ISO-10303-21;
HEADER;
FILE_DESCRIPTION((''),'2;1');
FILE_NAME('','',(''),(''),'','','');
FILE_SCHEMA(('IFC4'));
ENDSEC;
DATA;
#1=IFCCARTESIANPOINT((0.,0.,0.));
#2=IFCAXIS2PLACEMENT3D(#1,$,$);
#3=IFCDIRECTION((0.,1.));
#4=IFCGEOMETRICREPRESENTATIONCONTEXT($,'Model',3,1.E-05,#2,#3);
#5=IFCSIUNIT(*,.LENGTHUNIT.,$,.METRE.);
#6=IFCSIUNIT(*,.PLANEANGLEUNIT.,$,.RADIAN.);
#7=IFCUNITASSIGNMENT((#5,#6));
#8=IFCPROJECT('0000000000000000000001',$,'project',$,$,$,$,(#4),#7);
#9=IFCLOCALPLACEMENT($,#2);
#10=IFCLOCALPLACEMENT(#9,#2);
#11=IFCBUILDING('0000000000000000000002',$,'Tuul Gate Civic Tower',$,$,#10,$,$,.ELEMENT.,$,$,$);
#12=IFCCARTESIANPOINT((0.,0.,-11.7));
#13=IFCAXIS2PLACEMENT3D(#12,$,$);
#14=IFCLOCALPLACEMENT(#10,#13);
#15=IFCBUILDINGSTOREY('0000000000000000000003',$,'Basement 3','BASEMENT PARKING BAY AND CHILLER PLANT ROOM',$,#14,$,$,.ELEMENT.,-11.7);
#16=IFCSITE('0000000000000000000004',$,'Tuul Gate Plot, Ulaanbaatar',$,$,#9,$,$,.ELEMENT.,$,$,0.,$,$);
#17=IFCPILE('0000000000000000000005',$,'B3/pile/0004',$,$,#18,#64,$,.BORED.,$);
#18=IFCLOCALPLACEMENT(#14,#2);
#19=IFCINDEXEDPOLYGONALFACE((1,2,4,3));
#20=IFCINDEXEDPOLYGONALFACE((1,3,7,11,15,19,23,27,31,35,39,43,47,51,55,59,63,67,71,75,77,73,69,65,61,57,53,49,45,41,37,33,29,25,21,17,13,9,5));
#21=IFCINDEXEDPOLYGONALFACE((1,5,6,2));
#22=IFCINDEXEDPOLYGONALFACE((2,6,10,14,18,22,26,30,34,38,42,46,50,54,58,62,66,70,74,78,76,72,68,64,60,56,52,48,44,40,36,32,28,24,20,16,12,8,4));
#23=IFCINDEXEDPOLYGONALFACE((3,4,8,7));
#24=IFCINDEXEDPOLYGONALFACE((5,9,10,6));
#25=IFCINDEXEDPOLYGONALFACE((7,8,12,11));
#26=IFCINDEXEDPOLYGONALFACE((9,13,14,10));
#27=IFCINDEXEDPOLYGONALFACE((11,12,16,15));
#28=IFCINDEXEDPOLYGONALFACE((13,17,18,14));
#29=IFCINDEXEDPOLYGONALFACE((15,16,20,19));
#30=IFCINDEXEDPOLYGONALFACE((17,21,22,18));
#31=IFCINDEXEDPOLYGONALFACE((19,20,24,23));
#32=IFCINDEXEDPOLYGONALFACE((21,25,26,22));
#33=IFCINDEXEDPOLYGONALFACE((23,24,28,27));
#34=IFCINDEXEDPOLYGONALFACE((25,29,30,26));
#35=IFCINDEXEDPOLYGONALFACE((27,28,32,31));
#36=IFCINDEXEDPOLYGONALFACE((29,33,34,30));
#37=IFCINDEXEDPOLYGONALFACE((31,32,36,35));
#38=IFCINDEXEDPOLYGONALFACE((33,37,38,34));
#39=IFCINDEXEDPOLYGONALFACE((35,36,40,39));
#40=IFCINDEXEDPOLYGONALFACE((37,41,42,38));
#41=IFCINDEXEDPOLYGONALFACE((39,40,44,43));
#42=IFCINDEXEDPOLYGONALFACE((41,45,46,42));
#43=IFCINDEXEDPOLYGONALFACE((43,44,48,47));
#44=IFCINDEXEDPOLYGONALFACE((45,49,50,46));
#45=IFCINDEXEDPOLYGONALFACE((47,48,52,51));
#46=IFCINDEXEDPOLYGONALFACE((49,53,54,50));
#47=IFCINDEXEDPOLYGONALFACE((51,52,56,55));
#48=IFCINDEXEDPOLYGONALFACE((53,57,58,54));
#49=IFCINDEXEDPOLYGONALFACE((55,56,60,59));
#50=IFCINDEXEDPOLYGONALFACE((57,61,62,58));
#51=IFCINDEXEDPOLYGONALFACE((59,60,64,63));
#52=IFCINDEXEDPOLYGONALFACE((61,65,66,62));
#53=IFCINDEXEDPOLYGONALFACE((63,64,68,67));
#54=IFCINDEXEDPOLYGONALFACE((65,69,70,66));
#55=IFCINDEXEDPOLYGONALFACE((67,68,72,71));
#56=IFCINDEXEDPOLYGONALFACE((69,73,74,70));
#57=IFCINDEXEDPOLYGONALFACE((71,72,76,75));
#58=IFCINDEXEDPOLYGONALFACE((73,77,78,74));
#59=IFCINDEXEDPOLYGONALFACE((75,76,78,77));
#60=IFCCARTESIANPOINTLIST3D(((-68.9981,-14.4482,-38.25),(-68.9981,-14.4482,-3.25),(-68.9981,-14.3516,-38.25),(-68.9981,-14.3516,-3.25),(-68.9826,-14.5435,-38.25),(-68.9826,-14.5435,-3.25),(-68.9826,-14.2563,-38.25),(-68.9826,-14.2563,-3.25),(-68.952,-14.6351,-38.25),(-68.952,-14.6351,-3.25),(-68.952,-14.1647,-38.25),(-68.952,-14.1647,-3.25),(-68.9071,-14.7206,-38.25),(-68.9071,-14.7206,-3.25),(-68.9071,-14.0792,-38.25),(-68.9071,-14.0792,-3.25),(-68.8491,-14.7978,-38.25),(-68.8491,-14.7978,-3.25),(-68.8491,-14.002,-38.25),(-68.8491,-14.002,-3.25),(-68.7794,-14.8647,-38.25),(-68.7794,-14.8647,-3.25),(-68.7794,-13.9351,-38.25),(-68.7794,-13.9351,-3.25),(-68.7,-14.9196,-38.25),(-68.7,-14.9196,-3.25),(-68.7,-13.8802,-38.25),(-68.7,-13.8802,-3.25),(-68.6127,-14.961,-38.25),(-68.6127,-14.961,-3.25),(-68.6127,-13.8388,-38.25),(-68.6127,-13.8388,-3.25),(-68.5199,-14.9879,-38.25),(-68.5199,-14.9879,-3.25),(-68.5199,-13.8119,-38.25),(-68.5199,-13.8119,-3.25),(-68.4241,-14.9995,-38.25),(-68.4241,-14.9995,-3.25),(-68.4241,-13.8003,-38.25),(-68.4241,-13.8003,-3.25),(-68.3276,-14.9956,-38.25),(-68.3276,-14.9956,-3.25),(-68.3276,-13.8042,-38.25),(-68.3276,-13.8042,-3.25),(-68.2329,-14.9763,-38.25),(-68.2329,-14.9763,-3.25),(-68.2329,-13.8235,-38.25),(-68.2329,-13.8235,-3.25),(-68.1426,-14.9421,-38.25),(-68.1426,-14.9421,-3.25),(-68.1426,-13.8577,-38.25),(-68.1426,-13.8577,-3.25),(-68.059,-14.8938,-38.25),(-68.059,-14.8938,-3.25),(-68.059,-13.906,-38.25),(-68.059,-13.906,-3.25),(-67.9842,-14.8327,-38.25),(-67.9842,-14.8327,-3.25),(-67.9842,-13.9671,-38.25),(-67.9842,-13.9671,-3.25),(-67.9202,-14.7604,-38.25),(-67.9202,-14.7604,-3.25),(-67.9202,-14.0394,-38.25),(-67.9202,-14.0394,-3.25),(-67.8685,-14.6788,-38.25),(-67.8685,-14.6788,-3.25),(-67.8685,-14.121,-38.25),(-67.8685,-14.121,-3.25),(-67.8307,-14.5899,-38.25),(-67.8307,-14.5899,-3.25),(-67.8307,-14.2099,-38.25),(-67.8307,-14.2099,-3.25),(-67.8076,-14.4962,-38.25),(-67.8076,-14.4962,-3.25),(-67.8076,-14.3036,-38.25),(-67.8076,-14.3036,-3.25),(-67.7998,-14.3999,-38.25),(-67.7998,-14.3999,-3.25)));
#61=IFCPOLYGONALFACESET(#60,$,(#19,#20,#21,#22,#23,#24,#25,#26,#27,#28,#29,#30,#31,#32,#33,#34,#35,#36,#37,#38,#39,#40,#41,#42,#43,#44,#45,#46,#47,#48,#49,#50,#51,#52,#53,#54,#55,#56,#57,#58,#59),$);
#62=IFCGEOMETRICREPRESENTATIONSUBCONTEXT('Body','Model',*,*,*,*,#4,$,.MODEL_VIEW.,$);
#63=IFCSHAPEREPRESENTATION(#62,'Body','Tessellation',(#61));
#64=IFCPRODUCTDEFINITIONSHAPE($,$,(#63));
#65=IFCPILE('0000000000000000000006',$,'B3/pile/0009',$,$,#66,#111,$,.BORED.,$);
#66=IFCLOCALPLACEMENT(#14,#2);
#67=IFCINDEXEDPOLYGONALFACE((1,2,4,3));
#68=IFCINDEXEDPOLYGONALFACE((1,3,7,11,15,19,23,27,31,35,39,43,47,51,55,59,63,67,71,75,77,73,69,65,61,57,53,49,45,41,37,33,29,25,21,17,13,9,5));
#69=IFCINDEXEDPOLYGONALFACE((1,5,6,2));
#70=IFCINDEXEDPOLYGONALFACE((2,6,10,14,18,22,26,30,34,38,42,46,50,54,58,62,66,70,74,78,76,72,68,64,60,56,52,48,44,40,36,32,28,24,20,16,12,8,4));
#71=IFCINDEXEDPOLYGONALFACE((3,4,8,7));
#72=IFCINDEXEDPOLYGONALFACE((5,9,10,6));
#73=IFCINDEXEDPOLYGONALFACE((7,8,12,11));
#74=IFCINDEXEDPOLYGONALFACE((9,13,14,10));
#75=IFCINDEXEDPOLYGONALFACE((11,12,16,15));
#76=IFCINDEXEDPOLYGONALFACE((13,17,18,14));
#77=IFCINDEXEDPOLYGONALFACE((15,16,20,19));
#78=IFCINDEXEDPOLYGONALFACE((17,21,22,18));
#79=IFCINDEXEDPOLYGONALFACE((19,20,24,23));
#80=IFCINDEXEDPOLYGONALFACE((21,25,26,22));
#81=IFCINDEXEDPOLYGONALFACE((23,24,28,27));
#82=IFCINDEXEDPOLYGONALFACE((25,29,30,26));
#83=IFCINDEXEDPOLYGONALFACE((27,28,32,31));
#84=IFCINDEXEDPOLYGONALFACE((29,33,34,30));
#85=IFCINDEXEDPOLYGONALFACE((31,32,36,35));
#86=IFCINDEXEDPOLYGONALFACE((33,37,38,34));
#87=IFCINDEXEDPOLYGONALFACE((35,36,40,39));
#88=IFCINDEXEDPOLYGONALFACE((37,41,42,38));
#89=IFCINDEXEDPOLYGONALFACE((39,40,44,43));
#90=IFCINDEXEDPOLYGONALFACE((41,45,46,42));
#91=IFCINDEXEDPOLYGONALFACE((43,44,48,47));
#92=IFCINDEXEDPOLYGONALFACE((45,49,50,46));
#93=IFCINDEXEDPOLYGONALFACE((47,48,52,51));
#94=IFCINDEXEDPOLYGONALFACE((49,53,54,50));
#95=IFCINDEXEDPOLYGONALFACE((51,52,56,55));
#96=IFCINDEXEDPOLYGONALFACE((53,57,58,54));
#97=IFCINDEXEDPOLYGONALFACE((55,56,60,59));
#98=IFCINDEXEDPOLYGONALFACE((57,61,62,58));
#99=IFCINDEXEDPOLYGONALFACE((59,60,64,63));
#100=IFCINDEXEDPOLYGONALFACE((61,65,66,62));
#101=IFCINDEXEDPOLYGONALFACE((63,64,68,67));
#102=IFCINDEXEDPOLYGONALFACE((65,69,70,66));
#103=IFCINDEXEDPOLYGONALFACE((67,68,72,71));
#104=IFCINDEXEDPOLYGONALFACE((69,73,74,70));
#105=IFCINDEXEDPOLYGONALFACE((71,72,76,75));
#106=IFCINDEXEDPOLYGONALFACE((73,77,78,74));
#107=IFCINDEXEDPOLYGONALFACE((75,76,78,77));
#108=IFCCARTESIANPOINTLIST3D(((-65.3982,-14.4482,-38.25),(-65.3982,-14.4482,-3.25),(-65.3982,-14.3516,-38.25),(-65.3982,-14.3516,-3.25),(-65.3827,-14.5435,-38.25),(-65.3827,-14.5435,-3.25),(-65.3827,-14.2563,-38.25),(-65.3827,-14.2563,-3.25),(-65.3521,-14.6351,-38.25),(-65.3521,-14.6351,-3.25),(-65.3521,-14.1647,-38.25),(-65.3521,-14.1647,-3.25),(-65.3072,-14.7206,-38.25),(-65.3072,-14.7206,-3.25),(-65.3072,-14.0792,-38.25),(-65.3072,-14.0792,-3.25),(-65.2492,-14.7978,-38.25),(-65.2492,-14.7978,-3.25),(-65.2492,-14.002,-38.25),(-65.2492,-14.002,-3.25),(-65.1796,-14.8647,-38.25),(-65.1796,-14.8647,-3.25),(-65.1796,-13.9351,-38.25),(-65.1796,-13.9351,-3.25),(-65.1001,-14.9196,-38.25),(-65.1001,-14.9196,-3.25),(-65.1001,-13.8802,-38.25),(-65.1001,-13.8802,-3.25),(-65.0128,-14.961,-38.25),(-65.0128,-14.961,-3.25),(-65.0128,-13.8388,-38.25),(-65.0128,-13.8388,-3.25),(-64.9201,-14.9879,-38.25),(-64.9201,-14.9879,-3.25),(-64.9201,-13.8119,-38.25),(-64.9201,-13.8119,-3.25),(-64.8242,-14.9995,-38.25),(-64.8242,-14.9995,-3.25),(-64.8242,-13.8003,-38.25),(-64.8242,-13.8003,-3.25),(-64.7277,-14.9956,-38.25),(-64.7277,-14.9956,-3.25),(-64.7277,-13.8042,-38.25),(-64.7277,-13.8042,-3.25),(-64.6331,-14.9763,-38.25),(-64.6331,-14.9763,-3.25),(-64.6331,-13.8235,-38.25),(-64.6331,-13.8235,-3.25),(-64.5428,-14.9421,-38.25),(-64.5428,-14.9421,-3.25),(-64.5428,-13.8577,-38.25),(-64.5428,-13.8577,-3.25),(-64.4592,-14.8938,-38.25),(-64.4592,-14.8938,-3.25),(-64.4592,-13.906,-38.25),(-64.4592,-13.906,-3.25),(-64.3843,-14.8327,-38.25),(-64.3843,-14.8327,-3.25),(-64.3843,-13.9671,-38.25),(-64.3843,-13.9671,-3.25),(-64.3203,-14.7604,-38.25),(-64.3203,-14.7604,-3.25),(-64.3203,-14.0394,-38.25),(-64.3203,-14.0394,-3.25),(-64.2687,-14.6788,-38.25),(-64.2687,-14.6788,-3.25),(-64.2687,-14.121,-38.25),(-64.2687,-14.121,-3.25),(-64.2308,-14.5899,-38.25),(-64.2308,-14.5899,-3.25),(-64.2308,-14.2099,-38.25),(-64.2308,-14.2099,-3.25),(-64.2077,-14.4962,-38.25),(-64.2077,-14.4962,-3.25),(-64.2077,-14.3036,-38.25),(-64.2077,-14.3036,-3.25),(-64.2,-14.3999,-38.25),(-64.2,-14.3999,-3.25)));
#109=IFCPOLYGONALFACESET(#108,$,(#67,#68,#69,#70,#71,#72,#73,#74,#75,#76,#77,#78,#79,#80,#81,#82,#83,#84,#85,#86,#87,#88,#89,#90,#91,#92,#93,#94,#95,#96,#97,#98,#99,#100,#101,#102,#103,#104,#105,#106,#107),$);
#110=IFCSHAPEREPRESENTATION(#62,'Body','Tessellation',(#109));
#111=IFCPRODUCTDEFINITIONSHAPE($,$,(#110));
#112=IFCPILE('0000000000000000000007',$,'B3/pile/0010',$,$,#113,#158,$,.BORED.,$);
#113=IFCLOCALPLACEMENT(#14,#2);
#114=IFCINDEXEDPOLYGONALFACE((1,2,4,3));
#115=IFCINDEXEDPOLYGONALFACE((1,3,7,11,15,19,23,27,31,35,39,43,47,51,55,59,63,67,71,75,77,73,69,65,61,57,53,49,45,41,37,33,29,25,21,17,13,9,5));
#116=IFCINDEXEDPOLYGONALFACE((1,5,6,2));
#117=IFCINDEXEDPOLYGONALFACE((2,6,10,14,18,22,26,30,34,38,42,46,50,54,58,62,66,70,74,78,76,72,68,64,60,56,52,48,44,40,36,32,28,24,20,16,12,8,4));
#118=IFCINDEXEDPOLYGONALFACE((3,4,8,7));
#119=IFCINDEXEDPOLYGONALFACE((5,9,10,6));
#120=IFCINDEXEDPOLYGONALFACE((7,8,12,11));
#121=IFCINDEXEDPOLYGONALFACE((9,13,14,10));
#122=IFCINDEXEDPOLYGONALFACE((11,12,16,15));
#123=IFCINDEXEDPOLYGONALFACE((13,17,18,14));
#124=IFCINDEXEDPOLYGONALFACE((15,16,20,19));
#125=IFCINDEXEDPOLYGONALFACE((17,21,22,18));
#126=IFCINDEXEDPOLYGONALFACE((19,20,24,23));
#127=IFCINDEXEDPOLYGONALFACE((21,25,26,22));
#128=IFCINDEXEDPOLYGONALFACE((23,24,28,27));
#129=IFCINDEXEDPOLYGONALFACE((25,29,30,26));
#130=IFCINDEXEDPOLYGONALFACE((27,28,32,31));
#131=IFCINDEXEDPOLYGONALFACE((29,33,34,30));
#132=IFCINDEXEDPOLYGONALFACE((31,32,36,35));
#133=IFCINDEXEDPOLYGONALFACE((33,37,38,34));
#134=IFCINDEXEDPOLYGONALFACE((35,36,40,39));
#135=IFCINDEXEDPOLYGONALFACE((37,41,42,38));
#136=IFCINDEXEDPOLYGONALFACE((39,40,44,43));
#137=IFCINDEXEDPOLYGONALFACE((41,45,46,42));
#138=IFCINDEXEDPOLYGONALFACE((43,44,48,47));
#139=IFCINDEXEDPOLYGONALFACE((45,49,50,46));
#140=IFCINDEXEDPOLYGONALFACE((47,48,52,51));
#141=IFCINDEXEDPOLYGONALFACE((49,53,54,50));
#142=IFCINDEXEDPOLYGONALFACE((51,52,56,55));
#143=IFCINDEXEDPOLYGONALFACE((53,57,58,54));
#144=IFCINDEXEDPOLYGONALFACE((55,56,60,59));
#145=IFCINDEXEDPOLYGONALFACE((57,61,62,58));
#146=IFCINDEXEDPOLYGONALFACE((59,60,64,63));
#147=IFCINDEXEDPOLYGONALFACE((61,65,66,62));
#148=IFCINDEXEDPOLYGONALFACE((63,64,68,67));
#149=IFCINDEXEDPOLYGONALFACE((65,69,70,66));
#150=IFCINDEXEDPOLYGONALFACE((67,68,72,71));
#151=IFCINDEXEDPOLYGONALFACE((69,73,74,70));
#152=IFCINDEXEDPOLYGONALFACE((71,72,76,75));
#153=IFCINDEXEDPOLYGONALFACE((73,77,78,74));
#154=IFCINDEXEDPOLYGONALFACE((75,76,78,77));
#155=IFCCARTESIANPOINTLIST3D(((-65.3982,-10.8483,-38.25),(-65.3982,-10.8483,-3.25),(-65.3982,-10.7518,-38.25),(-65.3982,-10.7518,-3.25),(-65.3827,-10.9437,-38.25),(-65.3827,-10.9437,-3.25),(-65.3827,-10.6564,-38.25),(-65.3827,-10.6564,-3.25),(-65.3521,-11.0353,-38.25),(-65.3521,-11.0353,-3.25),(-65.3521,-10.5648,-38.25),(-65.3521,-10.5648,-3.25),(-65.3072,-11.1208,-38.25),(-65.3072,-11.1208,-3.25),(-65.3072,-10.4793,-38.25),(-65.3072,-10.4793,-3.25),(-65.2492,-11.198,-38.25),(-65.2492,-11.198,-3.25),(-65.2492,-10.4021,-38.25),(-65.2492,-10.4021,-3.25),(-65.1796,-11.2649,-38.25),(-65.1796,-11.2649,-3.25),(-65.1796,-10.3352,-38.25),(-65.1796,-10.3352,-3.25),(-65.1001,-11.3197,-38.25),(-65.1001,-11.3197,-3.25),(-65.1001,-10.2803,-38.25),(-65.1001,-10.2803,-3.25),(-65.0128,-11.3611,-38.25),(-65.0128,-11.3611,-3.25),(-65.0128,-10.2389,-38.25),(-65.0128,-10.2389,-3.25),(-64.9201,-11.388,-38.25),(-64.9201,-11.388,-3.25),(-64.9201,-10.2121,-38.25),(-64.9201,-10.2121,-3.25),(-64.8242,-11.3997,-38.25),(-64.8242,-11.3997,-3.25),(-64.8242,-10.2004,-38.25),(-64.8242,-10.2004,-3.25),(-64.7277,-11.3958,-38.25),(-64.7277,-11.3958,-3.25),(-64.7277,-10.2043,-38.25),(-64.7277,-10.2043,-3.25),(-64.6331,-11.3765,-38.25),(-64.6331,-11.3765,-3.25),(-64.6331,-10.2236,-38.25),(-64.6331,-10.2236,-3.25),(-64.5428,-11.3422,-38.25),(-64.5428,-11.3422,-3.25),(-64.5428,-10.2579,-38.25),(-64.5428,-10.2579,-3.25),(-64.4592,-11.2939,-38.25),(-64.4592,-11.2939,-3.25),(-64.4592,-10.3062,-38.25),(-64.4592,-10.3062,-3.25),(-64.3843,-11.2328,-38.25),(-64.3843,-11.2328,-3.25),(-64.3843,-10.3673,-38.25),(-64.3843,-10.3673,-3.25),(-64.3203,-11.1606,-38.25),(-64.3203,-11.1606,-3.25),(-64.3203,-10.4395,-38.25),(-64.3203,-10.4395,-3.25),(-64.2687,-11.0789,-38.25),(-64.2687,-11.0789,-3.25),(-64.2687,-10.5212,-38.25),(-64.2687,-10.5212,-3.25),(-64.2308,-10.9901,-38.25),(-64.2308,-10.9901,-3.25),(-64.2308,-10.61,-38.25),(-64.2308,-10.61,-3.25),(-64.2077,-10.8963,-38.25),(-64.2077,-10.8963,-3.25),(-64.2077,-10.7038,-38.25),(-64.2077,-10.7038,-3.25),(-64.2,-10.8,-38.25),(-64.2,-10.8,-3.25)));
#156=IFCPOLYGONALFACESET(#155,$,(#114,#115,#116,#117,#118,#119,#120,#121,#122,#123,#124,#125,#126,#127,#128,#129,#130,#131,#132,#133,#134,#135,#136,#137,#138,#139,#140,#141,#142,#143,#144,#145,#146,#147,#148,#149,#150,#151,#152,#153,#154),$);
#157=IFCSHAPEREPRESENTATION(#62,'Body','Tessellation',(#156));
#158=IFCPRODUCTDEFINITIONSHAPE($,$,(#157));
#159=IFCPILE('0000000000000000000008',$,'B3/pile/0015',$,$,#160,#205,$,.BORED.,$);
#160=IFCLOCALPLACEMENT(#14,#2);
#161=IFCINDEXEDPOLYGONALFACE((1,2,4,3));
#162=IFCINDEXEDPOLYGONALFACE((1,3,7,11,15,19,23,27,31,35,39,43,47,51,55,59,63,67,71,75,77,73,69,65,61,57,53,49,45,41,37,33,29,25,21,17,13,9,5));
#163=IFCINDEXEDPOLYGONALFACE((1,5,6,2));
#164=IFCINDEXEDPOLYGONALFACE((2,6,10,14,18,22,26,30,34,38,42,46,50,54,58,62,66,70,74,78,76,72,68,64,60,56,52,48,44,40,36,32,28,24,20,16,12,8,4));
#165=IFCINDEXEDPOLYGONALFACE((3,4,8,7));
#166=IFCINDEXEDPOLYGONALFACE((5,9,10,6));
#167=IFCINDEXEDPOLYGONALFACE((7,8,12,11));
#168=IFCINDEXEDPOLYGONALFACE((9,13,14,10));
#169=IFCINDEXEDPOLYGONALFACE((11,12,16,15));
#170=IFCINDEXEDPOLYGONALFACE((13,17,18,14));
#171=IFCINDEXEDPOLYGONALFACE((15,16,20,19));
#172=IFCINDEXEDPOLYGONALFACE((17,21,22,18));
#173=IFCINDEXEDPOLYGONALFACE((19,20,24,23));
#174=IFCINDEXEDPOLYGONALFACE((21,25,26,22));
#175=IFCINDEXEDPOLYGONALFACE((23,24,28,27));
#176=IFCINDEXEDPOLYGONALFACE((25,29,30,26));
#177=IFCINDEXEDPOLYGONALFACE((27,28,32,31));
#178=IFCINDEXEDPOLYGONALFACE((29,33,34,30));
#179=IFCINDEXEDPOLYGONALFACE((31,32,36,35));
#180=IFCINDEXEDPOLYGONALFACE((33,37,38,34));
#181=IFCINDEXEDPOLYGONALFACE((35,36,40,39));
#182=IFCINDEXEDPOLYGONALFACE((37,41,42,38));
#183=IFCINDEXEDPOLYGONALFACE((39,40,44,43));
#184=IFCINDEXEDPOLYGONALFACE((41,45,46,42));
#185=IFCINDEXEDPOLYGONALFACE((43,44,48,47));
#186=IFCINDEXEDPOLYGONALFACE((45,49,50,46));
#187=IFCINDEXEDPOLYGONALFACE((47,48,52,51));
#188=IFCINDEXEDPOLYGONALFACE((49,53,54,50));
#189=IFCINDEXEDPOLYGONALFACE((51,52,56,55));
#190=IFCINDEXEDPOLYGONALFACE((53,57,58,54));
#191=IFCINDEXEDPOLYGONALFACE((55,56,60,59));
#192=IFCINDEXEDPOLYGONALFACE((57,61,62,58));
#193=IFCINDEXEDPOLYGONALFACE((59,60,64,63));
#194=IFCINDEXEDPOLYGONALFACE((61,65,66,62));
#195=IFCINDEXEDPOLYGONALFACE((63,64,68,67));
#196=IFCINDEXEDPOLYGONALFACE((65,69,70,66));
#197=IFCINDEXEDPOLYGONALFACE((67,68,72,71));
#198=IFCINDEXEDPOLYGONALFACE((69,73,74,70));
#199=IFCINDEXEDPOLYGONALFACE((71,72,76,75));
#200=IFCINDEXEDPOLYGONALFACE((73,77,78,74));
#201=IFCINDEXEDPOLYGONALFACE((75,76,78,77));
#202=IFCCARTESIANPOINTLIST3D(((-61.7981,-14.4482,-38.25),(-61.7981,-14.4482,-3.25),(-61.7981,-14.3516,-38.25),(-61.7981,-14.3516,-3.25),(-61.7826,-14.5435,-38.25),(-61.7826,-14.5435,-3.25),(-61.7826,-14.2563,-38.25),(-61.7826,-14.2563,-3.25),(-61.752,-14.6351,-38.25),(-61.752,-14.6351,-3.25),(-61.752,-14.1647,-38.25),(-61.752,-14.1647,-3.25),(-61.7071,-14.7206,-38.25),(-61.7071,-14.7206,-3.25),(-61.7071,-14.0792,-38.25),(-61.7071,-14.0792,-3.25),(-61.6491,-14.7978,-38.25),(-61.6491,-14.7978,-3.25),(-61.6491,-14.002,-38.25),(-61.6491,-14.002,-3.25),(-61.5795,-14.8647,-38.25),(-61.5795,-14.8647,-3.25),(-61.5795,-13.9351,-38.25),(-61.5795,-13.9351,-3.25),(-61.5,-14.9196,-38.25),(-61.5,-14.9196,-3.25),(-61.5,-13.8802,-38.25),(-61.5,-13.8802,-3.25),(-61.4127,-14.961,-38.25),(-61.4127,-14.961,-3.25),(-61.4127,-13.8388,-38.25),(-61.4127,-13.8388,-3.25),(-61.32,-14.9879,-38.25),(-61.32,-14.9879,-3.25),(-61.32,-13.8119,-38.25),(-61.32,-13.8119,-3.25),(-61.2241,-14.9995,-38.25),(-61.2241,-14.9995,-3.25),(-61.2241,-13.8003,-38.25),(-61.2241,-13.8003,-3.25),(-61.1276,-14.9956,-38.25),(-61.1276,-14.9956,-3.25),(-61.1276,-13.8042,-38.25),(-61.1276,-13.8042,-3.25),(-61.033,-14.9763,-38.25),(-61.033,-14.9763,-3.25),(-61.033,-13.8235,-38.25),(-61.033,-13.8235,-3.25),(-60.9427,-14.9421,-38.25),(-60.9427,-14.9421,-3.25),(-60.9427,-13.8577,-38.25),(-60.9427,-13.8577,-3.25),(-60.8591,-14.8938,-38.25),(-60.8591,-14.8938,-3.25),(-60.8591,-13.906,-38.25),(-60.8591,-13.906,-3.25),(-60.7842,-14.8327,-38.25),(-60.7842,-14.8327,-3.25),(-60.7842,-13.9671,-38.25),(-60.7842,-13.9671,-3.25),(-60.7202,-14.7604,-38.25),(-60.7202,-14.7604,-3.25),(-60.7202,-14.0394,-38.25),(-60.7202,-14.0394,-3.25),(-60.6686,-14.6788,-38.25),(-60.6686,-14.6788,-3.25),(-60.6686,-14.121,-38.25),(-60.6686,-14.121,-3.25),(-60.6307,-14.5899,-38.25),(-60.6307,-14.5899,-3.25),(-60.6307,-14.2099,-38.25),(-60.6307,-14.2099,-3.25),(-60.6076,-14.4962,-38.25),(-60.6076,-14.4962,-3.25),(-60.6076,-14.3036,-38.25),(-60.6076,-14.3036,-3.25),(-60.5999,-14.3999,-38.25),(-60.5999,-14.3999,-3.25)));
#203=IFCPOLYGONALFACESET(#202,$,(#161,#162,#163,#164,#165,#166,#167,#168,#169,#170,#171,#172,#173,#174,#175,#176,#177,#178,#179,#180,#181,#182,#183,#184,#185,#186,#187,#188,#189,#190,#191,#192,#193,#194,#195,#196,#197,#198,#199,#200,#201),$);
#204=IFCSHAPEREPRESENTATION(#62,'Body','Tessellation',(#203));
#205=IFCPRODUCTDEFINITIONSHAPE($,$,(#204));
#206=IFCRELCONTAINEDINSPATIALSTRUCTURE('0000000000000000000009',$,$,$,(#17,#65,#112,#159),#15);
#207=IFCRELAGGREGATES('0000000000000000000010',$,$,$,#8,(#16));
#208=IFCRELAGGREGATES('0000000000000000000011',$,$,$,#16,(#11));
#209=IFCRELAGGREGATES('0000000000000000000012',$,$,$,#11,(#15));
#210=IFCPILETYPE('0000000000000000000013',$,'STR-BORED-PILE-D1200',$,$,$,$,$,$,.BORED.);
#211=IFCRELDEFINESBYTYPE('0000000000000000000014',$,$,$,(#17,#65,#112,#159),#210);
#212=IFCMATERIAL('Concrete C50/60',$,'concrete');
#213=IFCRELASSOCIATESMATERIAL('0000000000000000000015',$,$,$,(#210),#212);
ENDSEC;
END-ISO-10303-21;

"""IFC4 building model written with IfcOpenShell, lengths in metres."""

from ifc_helpers import new_model, si_unit, direction, frame, origin, origin_2d, place, context, subcontext, project, spatial, circle, extrude, material, material_profile, profile_set, type_object, element, save


model = new_model("IFC4")

# Units and contexts
model_context = context("Model", 3, precision=1e-05, world=origin(), true_north=direction((0.0, 1.0)))
body_context = subcontext(model_context, "Body", "Model", "MODEL_VIEW")
ifc_project = project(units=[si_unit("LENGTHUNIT", "METRE"), si_unit("PLANEANGLEUNIT", "RADIAN")], contexts=[model_context])

# Site, building, storey
site_placement = place(None, origin())
site = spatial("IfcSite", under=ifc_project, at=site_placement, Name="Tuul Gate Plot, Ulaanbaatar", CompositionType="ELEMENT", RefElevation=0.0)
building_placement = place(site_placement, origin())
building = spatial("IfcBuilding", under=site, at=building_placement, Name="Tuul Gate Civic Tower", CompositionType="ELEMENT")
storey_placement = place(building_placement, frame((0.0, 0.0, -11.7)))
storey = spatial("IfcBuildingStorey", under=building, at=storey_placement, Name="Basement 3", Description="BASEMENT PARKING BAY AND CHILLER PLANT ROOM", CompositionType="ELEMENT", Elevation=-11.7)

# Piles
ifc_material_1 = material(Name="Concrete C50/60", Category="concrete")
ifc_material_profile_1 = material_profile(ifc_material_1, circle(Radius=0.6001, at=origin_2d()), Name="PILE1200")
ifc_profile_set_1 = profile_set([ifc_material_profile_1], Name="Concrete C50/60")
pile_type = type_object("IfcPileType", Name="STR-BORED-PILE-D1200", PredefinedType="BORED", material=ifc_profile_set_1)
for number, where, z_axis, x_axis, name in (
    (1, (-68.3999, -14.3999, -3.25), (0.0, 0.0, -1.0), (1.0, 0.0, 0.0), "B3/pile/0004"),
    (2, (-64.8, -14.3999, -3.25), (0.0, 0.0, -1.0), (1.0, 0.0, 0.0), "B3/pile/0009"),
    (3, (-64.8, -10.8, -3.25), (0.0, 0.0, -1.0), (1.0, 0.0, 0.0), "B3/pile/0010"),
    (4, (-61.2, -14.3999, -3.25), (0.0, 0.0, -1.0), (1.0, 0.0, 0.0), "B3/pile/0015"),
):
    element("IfcPile", number, at=place(storey_placement, frame(where, z_axis=z_axis, x_axis=x_axis)), inside=storey, type_object=pile_type, Name=name, PredefinedType="BORED", context=body_context, shape_type="SweptSolid", body=[
        extrude(circle(Radius=0.6001, at=origin_2d()), origin(), (0.0, 0.0, 1.0), 35.0),
    ])

save(model, "model.ifc")
